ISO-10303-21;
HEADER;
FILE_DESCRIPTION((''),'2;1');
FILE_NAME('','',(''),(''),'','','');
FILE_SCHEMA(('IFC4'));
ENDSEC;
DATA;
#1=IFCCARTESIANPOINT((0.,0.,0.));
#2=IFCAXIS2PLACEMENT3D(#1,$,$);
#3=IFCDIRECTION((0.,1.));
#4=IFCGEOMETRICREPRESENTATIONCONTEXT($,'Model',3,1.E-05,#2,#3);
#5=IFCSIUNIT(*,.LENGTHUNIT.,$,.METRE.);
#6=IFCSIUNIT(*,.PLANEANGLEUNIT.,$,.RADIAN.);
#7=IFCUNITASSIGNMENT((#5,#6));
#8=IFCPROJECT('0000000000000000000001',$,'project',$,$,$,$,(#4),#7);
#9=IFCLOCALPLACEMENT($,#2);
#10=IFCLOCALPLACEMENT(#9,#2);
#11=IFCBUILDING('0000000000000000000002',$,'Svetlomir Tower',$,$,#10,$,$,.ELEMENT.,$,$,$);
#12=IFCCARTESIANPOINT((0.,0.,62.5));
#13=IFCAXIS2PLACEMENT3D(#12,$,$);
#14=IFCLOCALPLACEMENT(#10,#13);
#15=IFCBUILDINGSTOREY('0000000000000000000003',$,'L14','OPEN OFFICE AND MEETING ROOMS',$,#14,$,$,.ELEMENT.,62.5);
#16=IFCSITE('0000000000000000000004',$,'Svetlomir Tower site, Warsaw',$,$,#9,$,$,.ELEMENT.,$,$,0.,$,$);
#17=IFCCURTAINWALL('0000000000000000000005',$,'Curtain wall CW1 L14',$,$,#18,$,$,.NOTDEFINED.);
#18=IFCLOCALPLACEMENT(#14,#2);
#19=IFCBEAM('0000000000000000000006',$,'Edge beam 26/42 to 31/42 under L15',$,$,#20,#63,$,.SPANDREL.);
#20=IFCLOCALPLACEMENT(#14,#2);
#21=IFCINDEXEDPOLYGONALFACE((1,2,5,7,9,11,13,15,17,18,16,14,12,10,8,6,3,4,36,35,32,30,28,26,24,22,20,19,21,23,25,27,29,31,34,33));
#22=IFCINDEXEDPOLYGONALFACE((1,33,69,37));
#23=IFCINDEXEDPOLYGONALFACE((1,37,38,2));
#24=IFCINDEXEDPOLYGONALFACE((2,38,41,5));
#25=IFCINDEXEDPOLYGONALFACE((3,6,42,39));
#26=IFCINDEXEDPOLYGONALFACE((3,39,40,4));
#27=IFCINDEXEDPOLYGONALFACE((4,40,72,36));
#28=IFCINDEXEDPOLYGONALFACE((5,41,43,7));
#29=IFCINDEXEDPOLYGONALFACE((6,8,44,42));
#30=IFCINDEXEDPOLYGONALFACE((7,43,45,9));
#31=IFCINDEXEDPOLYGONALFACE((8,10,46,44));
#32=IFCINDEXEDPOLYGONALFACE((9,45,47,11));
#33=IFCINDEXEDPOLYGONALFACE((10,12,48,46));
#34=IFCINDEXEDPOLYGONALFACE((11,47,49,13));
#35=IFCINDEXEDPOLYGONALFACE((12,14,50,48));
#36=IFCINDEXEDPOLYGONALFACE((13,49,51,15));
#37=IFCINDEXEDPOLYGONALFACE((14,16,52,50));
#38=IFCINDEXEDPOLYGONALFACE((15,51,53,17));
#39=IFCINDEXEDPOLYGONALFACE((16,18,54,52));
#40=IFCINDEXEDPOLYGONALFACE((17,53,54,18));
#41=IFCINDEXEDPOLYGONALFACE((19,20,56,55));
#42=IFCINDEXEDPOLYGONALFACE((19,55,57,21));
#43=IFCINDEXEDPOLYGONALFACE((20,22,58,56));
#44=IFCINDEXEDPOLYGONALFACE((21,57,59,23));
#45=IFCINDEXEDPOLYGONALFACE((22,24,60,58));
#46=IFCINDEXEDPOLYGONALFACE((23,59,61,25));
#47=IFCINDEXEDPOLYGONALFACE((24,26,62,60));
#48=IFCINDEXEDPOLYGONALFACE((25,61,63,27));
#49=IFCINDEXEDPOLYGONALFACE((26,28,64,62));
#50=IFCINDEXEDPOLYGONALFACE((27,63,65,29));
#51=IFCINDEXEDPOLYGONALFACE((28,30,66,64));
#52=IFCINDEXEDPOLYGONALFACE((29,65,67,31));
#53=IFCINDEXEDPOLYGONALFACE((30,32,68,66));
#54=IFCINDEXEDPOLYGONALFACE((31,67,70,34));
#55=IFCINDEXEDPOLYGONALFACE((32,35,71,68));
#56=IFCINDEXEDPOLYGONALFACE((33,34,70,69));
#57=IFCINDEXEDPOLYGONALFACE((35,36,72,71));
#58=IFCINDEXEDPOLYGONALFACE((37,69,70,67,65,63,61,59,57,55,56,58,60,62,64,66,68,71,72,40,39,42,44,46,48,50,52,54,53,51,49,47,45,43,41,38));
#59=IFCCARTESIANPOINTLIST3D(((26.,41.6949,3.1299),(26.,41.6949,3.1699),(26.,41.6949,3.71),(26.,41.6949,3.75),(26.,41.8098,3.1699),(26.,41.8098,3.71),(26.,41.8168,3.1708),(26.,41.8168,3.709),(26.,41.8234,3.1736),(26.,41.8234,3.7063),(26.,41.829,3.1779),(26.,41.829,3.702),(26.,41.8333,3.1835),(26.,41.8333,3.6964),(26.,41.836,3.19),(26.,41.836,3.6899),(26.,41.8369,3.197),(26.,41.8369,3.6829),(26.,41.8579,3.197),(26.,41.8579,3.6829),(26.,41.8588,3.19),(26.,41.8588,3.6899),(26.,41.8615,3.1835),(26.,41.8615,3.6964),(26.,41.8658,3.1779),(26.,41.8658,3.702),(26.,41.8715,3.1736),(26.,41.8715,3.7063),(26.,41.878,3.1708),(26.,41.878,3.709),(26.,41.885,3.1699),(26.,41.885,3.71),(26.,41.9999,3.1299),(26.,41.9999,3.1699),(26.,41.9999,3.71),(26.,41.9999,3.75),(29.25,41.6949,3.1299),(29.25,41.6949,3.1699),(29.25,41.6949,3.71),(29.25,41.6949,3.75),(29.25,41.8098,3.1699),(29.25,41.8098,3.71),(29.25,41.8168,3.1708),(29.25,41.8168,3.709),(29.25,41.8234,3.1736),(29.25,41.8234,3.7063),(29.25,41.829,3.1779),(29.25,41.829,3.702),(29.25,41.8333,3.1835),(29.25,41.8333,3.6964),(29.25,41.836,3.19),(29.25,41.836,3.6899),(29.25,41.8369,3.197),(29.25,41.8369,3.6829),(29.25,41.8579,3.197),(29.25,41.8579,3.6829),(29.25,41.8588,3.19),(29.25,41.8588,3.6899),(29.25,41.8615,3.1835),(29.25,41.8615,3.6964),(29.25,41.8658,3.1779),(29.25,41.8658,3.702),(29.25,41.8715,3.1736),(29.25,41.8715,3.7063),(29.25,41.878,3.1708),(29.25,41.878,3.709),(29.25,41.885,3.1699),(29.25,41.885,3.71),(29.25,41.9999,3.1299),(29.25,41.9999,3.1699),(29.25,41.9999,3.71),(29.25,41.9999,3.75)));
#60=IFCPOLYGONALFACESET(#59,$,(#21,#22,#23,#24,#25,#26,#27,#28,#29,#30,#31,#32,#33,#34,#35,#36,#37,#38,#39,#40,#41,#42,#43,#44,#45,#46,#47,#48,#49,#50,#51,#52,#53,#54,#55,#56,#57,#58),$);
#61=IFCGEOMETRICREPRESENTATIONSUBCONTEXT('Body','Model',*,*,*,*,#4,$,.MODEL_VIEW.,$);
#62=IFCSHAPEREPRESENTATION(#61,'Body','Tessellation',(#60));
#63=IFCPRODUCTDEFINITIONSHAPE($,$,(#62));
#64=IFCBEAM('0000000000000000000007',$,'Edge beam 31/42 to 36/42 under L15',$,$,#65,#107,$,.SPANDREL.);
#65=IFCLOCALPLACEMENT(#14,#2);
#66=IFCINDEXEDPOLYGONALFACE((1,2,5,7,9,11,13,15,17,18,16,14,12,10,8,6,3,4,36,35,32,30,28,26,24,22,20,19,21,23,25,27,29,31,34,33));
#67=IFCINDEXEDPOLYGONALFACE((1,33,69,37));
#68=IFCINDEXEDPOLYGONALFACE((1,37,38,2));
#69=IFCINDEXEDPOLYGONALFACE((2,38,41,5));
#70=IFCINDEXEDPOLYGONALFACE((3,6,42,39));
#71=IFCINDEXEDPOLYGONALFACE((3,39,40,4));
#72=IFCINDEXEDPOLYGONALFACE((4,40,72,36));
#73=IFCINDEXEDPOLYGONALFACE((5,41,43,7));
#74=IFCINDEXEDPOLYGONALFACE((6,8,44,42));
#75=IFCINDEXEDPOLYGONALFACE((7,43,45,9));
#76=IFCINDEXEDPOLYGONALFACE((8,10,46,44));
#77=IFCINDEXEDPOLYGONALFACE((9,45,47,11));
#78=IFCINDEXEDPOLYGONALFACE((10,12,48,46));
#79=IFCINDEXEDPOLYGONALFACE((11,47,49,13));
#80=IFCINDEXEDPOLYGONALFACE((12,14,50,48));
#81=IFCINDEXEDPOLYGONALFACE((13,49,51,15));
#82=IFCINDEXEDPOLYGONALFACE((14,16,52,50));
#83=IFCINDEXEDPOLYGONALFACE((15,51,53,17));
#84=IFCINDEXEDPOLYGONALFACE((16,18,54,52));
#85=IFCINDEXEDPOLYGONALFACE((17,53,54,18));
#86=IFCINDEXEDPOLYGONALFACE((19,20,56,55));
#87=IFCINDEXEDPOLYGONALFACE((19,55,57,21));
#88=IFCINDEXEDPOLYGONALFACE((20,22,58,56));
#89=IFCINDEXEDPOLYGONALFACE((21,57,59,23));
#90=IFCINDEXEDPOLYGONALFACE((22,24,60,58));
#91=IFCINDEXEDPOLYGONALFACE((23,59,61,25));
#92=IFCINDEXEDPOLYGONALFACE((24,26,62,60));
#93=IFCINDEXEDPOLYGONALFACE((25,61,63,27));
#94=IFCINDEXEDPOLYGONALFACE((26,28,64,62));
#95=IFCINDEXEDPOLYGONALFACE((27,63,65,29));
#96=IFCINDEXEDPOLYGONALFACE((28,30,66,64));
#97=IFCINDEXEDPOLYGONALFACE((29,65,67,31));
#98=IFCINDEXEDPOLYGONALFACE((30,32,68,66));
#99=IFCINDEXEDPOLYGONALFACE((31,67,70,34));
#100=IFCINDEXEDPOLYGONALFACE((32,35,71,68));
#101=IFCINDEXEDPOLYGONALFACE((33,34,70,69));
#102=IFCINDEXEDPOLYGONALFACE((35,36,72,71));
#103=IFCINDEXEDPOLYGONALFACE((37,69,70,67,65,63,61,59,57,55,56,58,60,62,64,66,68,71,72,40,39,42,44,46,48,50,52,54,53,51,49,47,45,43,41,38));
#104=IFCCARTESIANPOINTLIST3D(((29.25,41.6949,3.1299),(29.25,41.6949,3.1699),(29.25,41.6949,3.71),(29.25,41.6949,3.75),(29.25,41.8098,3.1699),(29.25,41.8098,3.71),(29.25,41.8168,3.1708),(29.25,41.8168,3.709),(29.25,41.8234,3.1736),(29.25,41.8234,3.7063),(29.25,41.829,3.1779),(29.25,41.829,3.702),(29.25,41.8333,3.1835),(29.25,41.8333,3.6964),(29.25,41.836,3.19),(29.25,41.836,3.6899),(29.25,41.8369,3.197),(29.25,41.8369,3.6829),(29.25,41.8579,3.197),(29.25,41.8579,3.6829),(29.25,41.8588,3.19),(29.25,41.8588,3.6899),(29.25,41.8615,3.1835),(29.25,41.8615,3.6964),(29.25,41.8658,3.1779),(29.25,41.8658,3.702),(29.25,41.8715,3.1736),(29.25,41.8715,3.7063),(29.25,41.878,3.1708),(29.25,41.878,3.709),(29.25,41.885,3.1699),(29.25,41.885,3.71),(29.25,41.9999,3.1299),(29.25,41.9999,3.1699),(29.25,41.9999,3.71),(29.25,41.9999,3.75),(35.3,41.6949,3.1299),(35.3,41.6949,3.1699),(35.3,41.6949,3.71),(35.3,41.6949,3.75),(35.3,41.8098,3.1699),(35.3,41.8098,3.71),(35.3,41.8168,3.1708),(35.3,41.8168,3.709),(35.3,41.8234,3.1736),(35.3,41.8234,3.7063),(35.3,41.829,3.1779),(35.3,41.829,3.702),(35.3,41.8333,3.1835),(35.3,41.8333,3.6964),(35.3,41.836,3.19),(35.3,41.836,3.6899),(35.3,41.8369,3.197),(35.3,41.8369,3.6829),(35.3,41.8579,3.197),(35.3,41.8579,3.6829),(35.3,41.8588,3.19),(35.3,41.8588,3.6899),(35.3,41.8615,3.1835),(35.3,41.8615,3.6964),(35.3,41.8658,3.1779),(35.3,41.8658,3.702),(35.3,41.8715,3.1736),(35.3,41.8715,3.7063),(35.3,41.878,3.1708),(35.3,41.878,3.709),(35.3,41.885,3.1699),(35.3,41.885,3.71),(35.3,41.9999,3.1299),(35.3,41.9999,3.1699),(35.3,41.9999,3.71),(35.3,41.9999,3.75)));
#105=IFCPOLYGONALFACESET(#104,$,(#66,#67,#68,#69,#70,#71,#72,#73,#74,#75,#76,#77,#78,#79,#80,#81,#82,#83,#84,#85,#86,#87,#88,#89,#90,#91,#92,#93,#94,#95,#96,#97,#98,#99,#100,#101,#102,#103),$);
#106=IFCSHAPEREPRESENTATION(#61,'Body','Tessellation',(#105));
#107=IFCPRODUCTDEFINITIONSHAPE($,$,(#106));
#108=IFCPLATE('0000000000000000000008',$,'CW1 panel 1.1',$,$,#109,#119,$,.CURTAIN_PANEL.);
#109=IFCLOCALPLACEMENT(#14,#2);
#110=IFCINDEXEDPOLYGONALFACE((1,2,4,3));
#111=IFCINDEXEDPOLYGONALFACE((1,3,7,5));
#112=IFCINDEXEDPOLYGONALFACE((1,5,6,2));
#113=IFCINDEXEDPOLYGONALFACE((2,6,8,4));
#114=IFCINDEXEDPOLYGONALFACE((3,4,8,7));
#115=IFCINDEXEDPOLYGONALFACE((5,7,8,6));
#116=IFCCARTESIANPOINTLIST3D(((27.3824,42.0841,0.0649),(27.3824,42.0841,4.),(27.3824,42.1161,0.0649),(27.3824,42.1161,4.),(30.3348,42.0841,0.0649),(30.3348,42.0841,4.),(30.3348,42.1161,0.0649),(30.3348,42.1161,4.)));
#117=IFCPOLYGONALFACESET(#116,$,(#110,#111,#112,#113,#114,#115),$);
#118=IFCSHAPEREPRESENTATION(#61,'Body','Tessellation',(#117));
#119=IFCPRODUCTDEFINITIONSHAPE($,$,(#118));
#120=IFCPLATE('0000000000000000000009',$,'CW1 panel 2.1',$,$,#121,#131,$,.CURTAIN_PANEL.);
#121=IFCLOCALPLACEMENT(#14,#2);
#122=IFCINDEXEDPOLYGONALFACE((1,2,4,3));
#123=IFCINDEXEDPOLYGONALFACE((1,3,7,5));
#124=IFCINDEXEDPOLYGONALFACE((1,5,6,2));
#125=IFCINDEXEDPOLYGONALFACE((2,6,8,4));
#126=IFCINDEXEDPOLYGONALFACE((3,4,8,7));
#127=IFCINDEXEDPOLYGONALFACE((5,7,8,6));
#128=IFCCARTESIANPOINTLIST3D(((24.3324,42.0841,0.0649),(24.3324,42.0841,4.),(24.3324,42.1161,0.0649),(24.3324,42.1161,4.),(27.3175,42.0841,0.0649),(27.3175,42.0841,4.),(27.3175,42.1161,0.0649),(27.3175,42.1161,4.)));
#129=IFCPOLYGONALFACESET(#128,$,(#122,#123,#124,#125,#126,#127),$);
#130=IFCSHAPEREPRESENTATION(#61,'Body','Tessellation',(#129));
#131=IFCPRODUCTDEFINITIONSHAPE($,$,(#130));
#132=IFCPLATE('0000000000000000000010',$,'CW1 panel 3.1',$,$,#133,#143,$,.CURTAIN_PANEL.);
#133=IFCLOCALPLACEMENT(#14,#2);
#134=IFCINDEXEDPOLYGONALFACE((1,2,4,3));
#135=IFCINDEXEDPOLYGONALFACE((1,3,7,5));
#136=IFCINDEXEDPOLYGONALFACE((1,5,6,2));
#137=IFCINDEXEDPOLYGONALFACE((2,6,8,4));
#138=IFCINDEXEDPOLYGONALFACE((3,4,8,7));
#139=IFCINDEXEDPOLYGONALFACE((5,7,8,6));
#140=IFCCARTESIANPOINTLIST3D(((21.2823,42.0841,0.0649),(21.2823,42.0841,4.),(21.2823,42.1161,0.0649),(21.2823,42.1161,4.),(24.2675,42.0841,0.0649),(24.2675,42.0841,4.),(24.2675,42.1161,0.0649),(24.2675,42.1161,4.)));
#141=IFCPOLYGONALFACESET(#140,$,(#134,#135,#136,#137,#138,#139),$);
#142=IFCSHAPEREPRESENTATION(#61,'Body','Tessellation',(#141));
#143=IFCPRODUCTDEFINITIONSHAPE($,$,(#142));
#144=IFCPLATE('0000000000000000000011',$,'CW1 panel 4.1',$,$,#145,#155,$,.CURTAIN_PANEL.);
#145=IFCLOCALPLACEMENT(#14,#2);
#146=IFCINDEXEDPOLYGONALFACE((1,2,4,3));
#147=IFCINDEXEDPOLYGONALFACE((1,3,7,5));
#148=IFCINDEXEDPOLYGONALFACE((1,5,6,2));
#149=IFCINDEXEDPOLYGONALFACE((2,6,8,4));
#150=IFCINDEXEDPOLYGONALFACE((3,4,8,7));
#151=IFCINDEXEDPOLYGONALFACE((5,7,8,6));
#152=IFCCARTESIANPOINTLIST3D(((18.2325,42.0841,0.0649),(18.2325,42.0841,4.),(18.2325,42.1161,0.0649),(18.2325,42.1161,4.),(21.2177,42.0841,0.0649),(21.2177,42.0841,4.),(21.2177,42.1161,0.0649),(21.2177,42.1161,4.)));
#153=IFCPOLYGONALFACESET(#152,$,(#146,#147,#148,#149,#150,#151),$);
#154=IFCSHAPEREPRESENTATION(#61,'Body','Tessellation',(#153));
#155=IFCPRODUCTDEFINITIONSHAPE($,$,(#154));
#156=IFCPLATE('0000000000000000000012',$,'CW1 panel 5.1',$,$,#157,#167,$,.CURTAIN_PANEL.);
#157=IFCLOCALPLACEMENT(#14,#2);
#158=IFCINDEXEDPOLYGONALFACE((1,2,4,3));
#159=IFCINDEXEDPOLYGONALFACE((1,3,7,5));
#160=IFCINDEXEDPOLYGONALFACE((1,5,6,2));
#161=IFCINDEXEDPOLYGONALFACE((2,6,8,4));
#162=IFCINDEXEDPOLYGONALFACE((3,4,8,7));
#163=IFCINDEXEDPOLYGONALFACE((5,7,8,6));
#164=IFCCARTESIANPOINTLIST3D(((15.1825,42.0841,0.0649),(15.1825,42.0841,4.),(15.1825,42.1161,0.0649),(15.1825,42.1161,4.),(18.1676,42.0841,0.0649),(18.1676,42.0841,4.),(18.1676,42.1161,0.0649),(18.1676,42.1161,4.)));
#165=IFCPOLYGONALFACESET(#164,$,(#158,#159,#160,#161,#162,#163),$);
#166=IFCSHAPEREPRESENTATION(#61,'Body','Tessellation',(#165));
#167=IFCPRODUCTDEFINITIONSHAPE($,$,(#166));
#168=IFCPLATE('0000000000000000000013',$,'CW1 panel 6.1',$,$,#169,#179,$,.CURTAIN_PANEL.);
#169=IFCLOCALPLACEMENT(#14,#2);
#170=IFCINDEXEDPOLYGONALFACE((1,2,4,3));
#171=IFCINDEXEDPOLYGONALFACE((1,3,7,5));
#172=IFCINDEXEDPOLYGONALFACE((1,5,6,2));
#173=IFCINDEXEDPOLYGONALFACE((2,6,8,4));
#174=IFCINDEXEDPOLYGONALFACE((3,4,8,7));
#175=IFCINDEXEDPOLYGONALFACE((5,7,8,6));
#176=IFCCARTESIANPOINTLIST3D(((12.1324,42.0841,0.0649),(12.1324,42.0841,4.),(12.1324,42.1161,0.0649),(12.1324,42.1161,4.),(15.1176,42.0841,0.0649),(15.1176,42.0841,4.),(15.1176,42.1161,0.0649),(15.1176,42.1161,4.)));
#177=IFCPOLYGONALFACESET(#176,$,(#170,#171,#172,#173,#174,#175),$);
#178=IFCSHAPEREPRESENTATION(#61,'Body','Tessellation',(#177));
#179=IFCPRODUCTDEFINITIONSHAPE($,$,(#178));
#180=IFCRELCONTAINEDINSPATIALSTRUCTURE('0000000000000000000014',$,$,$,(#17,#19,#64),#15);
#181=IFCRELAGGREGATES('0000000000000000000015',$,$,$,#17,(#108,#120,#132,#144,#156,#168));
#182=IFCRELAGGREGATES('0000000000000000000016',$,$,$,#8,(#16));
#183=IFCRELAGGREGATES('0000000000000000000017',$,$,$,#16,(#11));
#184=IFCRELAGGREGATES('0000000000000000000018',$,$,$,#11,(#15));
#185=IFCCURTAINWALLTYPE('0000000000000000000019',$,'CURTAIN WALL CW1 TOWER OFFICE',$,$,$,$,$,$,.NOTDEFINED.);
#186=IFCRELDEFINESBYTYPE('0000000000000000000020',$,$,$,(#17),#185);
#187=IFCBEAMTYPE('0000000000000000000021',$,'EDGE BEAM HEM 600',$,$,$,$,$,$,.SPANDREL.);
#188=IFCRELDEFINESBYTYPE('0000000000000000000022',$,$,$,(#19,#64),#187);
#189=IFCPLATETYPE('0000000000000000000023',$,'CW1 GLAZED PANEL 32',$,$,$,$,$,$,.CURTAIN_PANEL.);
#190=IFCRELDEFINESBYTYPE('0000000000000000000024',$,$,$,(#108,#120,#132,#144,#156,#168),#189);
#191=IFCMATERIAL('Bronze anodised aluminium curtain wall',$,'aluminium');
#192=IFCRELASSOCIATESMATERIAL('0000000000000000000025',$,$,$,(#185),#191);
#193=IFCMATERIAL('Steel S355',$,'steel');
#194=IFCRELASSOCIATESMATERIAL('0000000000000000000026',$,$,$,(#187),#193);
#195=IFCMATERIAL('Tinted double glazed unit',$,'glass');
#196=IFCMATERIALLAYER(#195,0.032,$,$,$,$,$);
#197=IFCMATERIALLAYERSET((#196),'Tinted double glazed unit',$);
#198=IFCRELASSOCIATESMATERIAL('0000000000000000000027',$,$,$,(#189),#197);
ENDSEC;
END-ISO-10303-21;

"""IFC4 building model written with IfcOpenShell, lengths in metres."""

from ifc_helpers import new_model, si_unit, direction, frame, origin, origin_2d, place, context, subcontext, project, spatial, rectangle, i_section, extrude, material, layer, layer_set, material_profile, profile_set, type_object, element, aggregate, save


model = new_model("IFC4")

# Units and contexts
model_context = context("Model", 3, precision=1e-05, world=origin(), true_north=direction((0.0, 1.0)))
body_context = subcontext(model_context, "Body", "Model", "MODEL_VIEW")
ifc_project = project(units=[si_unit("LENGTHUNIT", "METRE"), si_unit("PLANEANGLEUNIT", "RADIAN")], contexts=[model_context])

# Site, building, storey
site_placement = place(None, origin())
site = spatial("IfcSite", under=ifc_project, at=site_placement, Name="Svetlomir Tower site, Warsaw", CompositionType="ELEMENT", RefElevation=0.0)
building_placement = place(site_placement, origin())
building = spatial("IfcBuilding", under=site, at=building_placement, Name="Svetlomir Tower", CompositionType="ELEMENT")
storey_placement = place(building_placement, frame((0.0, 0.0, 62.5)))
storey = spatial("IfcBuildingStorey", under=building, at=storey_placement, Name="L14", Description="OPEN OFFICE AND MEETING ROOMS", CompositionType="ELEMENT", Elevation=62.5)

# Curtain wall
ifc_material_1 = material(Name="Bronze anodised aluminium curtain wall", Category="aluminium")
curtain_wall_type = type_object("IfcCurtainWallType", Name="CURTAIN WALL CW1 TOWER OFFICE", PredefinedType="NOTDEFINED", material=ifc_material_1)
curtain_wall_placement = place(storey_placement, origin())
curtain_wall = element("IfcCurtainWall", 1, at=curtain_wall_placement, inside=storey, type_object=curtain_wall_type, Name="Curtain wall CW1 L14", PredefinedType="NOTDEFINED")

# Beams
ifc_material_2 = material(Name="Steel S355", Category="steel")
ifc_material_profile_1 = material_profile(ifc_material_2, i_section(OverallWidth=0.3049, OverallDepth=0.6201, WebThickness=0.021, FlangeThickness=0.04, FilletRadius=0.0271, at=origin_2d()), Name="HEM 600")
ifc_profile_set_1 = profile_set([ifc_material_profile_1], Name="Steel S355")
beam_type_1 = type_object("IfcBeamType", Name="EDGE BEAM HEM 600", PredefinedType="SPANDREL", material=ifc_profile_set_1)
beam_1_placement = place(storey_placement, frame((26.0, 41.8474, 3.4399), z_axis=(1.0, 0.0, 0.0), x_axis=(0.0, 1.0, 0.0)))
element("IfcBeam", 2, at=beam_1_placement, inside=storey, type_object=beam_type_1, Name="Edge beam 26/42 to 31/42 under L15", PredefinedType="SPANDREL", context=body_context, shape_type="SweptSolid", body=[
    extrude(i_section(OverallWidth=0.3049, OverallDepth=0.6201, WebThickness=0.021, FlangeThickness=0.04, FilletRadius=0.0271, at=origin_2d()), origin(), (0.0, 0.0, 1.0), 3.25),
])
beam_2_placement = place(storey_placement, frame((29.25, 41.8474, 3.4399), z_axis=(1.0, 0.0, 0.0), x_axis=(0.0, 1.0, 0.0)))
element("IfcBeam", 3, at=beam_2_placement, inside=storey, type_object=beam_type_1, Name="Edge beam 31/42 to 36/42 under L15", PredefinedType="SPANDREL", context=body_context, shape_type="SweptSolid", body=[
    extrude(i_section(OverallWidth=0.3049, OverallDepth=0.6201, WebThickness=0.021, FlangeThickness=0.04, FilletRadius=0.0271, at=origin_2d()), origin(), (0.0, 0.0, 1.0), 6.05),
])

# Plates
ifc_material_3 = material(Name="Tinted double glazed unit", Category="glass")
ifc_layer = layer(ifc_material_3, 0.032)
ifc_layer_set = layer_set([ifc_layer], Name="Tinted double glazed unit")
plate_type = type_object("IfcPlateType", Name="CW1 GLAZED PANEL 32", PredefinedType="CURTAIN_PANEL", material=ifc_layer_set)
plate_1_placement = place(storey_placement, frame((28.8586, 42.1001, 0.0649), z_axis=(0.0, 0.0, 1.0), x_axis=(-1.0, 0.0, 0.0)))
plate_1 = element("IfcPlate", 4, at=plate_1_placement, type_object=plate_type, Name="CW1 panel 1.1", PredefinedType="CURTAIN_PANEL", context=body_context, shape_type="SweptSolid", body=[
    extrude(rectangle(XDim=2.9524, YDim=0.032, at=origin_2d()), origin(), (0.0, 0.0, 1.0), 3.9351),
])
plate_2_placement = place(storey_placement, frame((25.825, 42.1001, 0.0649), z_axis=(0.0, 0.0, 1.0), x_axis=(-1.0, 0.0, 0.0)))
plate_2 = element("IfcPlate", 5, at=plate_2_placement, type_object=plate_type, Name="CW1 panel 2.1", PredefinedType="CURTAIN_PANEL", context=body_context, shape_type="SweptSolid", body=[
    extrude(rectangle(XDim=2.9851, YDim=0.032, at=origin_2d()), origin(), (0.0, 0.0, 1.0), 3.9351),
])
plate_3_placement = place(storey_placement, frame((22.7749, 42.1001, 0.0649), z_axis=(0.0, 0.0, 1.0), x_axis=(-1.0, 0.0, 0.0)))
plate_3 = element("IfcPlate", 6, at=plate_3_placement, type_object=plate_type, Name="CW1 panel 3.1", PredefinedType="CURTAIN_PANEL", context=body_context, shape_type="SweptSolid", body=[
    extrude(rectangle(XDim=2.9851, YDim=0.032, at=origin_2d()), origin(), (0.0, 0.0, 1.0), 3.9351),
])
plate_4_placement = place(storey_placement, frame((19.7251, 42.1001, 0.0649), z_axis=(0.0, 0.0, 1.0), x_axis=(-1.0, 0.0, 0.0)))
plate_4 = element("IfcPlate", 7, at=plate_4_placement, type_object=plate_type, Name="CW1 panel 4.1", PredefinedType="CURTAIN_PANEL", context=body_context, shape_type="SweptSolid", body=[
    extrude(rectangle(XDim=2.9851, YDim=0.032, at=origin_2d()), origin(), (0.0, 0.0, 1.0), 3.9351),
])
plate_5_placement = place(storey_placement, frame((16.675, 42.1001, 0.0649), z_axis=(0.0, 0.0, 1.0), x_axis=(-1.0, 0.0, 0.0)))
plate_5 = element("IfcPlate", 8, at=plate_5_placement, type_object=plate_type, Name="CW1 panel 5.1", PredefinedType="CURTAIN_PANEL", context=body_context, shape_type="SweptSolid", body=[
    extrude(rectangle(XDim=2.9851, YDim=0.032, at=origin_2d()), origin(), (0.0, 0.0, 1.0), 3.9351),
])
plate_6_placement = place(storey_placement, frame((13.625, 42.1001, 0.0649), z_axis=(0.0, 0.0, 1.0), x_axis=(-1.0, 0.0, 0.0)))
plate_6 = element("IfcPlate", 9, at=plate_6_placement, type_object=plate_type, Name="CW1 panel 6.1", PredefinedType="CURTAIN_PANEL", context=body_context, shape_type="SweptSolid", body=[
    extrude(rectangle(XDim=2.9851, YDim=0.032, at=origin_2d()), origin(), (0.0, 0.0, 1.0), 3.9351),
])
aggregate(curtain_wall, [plate_1, plate_2, plate_3, plate_4, plate_5, plate_6])

save(model, "model.ifc")
